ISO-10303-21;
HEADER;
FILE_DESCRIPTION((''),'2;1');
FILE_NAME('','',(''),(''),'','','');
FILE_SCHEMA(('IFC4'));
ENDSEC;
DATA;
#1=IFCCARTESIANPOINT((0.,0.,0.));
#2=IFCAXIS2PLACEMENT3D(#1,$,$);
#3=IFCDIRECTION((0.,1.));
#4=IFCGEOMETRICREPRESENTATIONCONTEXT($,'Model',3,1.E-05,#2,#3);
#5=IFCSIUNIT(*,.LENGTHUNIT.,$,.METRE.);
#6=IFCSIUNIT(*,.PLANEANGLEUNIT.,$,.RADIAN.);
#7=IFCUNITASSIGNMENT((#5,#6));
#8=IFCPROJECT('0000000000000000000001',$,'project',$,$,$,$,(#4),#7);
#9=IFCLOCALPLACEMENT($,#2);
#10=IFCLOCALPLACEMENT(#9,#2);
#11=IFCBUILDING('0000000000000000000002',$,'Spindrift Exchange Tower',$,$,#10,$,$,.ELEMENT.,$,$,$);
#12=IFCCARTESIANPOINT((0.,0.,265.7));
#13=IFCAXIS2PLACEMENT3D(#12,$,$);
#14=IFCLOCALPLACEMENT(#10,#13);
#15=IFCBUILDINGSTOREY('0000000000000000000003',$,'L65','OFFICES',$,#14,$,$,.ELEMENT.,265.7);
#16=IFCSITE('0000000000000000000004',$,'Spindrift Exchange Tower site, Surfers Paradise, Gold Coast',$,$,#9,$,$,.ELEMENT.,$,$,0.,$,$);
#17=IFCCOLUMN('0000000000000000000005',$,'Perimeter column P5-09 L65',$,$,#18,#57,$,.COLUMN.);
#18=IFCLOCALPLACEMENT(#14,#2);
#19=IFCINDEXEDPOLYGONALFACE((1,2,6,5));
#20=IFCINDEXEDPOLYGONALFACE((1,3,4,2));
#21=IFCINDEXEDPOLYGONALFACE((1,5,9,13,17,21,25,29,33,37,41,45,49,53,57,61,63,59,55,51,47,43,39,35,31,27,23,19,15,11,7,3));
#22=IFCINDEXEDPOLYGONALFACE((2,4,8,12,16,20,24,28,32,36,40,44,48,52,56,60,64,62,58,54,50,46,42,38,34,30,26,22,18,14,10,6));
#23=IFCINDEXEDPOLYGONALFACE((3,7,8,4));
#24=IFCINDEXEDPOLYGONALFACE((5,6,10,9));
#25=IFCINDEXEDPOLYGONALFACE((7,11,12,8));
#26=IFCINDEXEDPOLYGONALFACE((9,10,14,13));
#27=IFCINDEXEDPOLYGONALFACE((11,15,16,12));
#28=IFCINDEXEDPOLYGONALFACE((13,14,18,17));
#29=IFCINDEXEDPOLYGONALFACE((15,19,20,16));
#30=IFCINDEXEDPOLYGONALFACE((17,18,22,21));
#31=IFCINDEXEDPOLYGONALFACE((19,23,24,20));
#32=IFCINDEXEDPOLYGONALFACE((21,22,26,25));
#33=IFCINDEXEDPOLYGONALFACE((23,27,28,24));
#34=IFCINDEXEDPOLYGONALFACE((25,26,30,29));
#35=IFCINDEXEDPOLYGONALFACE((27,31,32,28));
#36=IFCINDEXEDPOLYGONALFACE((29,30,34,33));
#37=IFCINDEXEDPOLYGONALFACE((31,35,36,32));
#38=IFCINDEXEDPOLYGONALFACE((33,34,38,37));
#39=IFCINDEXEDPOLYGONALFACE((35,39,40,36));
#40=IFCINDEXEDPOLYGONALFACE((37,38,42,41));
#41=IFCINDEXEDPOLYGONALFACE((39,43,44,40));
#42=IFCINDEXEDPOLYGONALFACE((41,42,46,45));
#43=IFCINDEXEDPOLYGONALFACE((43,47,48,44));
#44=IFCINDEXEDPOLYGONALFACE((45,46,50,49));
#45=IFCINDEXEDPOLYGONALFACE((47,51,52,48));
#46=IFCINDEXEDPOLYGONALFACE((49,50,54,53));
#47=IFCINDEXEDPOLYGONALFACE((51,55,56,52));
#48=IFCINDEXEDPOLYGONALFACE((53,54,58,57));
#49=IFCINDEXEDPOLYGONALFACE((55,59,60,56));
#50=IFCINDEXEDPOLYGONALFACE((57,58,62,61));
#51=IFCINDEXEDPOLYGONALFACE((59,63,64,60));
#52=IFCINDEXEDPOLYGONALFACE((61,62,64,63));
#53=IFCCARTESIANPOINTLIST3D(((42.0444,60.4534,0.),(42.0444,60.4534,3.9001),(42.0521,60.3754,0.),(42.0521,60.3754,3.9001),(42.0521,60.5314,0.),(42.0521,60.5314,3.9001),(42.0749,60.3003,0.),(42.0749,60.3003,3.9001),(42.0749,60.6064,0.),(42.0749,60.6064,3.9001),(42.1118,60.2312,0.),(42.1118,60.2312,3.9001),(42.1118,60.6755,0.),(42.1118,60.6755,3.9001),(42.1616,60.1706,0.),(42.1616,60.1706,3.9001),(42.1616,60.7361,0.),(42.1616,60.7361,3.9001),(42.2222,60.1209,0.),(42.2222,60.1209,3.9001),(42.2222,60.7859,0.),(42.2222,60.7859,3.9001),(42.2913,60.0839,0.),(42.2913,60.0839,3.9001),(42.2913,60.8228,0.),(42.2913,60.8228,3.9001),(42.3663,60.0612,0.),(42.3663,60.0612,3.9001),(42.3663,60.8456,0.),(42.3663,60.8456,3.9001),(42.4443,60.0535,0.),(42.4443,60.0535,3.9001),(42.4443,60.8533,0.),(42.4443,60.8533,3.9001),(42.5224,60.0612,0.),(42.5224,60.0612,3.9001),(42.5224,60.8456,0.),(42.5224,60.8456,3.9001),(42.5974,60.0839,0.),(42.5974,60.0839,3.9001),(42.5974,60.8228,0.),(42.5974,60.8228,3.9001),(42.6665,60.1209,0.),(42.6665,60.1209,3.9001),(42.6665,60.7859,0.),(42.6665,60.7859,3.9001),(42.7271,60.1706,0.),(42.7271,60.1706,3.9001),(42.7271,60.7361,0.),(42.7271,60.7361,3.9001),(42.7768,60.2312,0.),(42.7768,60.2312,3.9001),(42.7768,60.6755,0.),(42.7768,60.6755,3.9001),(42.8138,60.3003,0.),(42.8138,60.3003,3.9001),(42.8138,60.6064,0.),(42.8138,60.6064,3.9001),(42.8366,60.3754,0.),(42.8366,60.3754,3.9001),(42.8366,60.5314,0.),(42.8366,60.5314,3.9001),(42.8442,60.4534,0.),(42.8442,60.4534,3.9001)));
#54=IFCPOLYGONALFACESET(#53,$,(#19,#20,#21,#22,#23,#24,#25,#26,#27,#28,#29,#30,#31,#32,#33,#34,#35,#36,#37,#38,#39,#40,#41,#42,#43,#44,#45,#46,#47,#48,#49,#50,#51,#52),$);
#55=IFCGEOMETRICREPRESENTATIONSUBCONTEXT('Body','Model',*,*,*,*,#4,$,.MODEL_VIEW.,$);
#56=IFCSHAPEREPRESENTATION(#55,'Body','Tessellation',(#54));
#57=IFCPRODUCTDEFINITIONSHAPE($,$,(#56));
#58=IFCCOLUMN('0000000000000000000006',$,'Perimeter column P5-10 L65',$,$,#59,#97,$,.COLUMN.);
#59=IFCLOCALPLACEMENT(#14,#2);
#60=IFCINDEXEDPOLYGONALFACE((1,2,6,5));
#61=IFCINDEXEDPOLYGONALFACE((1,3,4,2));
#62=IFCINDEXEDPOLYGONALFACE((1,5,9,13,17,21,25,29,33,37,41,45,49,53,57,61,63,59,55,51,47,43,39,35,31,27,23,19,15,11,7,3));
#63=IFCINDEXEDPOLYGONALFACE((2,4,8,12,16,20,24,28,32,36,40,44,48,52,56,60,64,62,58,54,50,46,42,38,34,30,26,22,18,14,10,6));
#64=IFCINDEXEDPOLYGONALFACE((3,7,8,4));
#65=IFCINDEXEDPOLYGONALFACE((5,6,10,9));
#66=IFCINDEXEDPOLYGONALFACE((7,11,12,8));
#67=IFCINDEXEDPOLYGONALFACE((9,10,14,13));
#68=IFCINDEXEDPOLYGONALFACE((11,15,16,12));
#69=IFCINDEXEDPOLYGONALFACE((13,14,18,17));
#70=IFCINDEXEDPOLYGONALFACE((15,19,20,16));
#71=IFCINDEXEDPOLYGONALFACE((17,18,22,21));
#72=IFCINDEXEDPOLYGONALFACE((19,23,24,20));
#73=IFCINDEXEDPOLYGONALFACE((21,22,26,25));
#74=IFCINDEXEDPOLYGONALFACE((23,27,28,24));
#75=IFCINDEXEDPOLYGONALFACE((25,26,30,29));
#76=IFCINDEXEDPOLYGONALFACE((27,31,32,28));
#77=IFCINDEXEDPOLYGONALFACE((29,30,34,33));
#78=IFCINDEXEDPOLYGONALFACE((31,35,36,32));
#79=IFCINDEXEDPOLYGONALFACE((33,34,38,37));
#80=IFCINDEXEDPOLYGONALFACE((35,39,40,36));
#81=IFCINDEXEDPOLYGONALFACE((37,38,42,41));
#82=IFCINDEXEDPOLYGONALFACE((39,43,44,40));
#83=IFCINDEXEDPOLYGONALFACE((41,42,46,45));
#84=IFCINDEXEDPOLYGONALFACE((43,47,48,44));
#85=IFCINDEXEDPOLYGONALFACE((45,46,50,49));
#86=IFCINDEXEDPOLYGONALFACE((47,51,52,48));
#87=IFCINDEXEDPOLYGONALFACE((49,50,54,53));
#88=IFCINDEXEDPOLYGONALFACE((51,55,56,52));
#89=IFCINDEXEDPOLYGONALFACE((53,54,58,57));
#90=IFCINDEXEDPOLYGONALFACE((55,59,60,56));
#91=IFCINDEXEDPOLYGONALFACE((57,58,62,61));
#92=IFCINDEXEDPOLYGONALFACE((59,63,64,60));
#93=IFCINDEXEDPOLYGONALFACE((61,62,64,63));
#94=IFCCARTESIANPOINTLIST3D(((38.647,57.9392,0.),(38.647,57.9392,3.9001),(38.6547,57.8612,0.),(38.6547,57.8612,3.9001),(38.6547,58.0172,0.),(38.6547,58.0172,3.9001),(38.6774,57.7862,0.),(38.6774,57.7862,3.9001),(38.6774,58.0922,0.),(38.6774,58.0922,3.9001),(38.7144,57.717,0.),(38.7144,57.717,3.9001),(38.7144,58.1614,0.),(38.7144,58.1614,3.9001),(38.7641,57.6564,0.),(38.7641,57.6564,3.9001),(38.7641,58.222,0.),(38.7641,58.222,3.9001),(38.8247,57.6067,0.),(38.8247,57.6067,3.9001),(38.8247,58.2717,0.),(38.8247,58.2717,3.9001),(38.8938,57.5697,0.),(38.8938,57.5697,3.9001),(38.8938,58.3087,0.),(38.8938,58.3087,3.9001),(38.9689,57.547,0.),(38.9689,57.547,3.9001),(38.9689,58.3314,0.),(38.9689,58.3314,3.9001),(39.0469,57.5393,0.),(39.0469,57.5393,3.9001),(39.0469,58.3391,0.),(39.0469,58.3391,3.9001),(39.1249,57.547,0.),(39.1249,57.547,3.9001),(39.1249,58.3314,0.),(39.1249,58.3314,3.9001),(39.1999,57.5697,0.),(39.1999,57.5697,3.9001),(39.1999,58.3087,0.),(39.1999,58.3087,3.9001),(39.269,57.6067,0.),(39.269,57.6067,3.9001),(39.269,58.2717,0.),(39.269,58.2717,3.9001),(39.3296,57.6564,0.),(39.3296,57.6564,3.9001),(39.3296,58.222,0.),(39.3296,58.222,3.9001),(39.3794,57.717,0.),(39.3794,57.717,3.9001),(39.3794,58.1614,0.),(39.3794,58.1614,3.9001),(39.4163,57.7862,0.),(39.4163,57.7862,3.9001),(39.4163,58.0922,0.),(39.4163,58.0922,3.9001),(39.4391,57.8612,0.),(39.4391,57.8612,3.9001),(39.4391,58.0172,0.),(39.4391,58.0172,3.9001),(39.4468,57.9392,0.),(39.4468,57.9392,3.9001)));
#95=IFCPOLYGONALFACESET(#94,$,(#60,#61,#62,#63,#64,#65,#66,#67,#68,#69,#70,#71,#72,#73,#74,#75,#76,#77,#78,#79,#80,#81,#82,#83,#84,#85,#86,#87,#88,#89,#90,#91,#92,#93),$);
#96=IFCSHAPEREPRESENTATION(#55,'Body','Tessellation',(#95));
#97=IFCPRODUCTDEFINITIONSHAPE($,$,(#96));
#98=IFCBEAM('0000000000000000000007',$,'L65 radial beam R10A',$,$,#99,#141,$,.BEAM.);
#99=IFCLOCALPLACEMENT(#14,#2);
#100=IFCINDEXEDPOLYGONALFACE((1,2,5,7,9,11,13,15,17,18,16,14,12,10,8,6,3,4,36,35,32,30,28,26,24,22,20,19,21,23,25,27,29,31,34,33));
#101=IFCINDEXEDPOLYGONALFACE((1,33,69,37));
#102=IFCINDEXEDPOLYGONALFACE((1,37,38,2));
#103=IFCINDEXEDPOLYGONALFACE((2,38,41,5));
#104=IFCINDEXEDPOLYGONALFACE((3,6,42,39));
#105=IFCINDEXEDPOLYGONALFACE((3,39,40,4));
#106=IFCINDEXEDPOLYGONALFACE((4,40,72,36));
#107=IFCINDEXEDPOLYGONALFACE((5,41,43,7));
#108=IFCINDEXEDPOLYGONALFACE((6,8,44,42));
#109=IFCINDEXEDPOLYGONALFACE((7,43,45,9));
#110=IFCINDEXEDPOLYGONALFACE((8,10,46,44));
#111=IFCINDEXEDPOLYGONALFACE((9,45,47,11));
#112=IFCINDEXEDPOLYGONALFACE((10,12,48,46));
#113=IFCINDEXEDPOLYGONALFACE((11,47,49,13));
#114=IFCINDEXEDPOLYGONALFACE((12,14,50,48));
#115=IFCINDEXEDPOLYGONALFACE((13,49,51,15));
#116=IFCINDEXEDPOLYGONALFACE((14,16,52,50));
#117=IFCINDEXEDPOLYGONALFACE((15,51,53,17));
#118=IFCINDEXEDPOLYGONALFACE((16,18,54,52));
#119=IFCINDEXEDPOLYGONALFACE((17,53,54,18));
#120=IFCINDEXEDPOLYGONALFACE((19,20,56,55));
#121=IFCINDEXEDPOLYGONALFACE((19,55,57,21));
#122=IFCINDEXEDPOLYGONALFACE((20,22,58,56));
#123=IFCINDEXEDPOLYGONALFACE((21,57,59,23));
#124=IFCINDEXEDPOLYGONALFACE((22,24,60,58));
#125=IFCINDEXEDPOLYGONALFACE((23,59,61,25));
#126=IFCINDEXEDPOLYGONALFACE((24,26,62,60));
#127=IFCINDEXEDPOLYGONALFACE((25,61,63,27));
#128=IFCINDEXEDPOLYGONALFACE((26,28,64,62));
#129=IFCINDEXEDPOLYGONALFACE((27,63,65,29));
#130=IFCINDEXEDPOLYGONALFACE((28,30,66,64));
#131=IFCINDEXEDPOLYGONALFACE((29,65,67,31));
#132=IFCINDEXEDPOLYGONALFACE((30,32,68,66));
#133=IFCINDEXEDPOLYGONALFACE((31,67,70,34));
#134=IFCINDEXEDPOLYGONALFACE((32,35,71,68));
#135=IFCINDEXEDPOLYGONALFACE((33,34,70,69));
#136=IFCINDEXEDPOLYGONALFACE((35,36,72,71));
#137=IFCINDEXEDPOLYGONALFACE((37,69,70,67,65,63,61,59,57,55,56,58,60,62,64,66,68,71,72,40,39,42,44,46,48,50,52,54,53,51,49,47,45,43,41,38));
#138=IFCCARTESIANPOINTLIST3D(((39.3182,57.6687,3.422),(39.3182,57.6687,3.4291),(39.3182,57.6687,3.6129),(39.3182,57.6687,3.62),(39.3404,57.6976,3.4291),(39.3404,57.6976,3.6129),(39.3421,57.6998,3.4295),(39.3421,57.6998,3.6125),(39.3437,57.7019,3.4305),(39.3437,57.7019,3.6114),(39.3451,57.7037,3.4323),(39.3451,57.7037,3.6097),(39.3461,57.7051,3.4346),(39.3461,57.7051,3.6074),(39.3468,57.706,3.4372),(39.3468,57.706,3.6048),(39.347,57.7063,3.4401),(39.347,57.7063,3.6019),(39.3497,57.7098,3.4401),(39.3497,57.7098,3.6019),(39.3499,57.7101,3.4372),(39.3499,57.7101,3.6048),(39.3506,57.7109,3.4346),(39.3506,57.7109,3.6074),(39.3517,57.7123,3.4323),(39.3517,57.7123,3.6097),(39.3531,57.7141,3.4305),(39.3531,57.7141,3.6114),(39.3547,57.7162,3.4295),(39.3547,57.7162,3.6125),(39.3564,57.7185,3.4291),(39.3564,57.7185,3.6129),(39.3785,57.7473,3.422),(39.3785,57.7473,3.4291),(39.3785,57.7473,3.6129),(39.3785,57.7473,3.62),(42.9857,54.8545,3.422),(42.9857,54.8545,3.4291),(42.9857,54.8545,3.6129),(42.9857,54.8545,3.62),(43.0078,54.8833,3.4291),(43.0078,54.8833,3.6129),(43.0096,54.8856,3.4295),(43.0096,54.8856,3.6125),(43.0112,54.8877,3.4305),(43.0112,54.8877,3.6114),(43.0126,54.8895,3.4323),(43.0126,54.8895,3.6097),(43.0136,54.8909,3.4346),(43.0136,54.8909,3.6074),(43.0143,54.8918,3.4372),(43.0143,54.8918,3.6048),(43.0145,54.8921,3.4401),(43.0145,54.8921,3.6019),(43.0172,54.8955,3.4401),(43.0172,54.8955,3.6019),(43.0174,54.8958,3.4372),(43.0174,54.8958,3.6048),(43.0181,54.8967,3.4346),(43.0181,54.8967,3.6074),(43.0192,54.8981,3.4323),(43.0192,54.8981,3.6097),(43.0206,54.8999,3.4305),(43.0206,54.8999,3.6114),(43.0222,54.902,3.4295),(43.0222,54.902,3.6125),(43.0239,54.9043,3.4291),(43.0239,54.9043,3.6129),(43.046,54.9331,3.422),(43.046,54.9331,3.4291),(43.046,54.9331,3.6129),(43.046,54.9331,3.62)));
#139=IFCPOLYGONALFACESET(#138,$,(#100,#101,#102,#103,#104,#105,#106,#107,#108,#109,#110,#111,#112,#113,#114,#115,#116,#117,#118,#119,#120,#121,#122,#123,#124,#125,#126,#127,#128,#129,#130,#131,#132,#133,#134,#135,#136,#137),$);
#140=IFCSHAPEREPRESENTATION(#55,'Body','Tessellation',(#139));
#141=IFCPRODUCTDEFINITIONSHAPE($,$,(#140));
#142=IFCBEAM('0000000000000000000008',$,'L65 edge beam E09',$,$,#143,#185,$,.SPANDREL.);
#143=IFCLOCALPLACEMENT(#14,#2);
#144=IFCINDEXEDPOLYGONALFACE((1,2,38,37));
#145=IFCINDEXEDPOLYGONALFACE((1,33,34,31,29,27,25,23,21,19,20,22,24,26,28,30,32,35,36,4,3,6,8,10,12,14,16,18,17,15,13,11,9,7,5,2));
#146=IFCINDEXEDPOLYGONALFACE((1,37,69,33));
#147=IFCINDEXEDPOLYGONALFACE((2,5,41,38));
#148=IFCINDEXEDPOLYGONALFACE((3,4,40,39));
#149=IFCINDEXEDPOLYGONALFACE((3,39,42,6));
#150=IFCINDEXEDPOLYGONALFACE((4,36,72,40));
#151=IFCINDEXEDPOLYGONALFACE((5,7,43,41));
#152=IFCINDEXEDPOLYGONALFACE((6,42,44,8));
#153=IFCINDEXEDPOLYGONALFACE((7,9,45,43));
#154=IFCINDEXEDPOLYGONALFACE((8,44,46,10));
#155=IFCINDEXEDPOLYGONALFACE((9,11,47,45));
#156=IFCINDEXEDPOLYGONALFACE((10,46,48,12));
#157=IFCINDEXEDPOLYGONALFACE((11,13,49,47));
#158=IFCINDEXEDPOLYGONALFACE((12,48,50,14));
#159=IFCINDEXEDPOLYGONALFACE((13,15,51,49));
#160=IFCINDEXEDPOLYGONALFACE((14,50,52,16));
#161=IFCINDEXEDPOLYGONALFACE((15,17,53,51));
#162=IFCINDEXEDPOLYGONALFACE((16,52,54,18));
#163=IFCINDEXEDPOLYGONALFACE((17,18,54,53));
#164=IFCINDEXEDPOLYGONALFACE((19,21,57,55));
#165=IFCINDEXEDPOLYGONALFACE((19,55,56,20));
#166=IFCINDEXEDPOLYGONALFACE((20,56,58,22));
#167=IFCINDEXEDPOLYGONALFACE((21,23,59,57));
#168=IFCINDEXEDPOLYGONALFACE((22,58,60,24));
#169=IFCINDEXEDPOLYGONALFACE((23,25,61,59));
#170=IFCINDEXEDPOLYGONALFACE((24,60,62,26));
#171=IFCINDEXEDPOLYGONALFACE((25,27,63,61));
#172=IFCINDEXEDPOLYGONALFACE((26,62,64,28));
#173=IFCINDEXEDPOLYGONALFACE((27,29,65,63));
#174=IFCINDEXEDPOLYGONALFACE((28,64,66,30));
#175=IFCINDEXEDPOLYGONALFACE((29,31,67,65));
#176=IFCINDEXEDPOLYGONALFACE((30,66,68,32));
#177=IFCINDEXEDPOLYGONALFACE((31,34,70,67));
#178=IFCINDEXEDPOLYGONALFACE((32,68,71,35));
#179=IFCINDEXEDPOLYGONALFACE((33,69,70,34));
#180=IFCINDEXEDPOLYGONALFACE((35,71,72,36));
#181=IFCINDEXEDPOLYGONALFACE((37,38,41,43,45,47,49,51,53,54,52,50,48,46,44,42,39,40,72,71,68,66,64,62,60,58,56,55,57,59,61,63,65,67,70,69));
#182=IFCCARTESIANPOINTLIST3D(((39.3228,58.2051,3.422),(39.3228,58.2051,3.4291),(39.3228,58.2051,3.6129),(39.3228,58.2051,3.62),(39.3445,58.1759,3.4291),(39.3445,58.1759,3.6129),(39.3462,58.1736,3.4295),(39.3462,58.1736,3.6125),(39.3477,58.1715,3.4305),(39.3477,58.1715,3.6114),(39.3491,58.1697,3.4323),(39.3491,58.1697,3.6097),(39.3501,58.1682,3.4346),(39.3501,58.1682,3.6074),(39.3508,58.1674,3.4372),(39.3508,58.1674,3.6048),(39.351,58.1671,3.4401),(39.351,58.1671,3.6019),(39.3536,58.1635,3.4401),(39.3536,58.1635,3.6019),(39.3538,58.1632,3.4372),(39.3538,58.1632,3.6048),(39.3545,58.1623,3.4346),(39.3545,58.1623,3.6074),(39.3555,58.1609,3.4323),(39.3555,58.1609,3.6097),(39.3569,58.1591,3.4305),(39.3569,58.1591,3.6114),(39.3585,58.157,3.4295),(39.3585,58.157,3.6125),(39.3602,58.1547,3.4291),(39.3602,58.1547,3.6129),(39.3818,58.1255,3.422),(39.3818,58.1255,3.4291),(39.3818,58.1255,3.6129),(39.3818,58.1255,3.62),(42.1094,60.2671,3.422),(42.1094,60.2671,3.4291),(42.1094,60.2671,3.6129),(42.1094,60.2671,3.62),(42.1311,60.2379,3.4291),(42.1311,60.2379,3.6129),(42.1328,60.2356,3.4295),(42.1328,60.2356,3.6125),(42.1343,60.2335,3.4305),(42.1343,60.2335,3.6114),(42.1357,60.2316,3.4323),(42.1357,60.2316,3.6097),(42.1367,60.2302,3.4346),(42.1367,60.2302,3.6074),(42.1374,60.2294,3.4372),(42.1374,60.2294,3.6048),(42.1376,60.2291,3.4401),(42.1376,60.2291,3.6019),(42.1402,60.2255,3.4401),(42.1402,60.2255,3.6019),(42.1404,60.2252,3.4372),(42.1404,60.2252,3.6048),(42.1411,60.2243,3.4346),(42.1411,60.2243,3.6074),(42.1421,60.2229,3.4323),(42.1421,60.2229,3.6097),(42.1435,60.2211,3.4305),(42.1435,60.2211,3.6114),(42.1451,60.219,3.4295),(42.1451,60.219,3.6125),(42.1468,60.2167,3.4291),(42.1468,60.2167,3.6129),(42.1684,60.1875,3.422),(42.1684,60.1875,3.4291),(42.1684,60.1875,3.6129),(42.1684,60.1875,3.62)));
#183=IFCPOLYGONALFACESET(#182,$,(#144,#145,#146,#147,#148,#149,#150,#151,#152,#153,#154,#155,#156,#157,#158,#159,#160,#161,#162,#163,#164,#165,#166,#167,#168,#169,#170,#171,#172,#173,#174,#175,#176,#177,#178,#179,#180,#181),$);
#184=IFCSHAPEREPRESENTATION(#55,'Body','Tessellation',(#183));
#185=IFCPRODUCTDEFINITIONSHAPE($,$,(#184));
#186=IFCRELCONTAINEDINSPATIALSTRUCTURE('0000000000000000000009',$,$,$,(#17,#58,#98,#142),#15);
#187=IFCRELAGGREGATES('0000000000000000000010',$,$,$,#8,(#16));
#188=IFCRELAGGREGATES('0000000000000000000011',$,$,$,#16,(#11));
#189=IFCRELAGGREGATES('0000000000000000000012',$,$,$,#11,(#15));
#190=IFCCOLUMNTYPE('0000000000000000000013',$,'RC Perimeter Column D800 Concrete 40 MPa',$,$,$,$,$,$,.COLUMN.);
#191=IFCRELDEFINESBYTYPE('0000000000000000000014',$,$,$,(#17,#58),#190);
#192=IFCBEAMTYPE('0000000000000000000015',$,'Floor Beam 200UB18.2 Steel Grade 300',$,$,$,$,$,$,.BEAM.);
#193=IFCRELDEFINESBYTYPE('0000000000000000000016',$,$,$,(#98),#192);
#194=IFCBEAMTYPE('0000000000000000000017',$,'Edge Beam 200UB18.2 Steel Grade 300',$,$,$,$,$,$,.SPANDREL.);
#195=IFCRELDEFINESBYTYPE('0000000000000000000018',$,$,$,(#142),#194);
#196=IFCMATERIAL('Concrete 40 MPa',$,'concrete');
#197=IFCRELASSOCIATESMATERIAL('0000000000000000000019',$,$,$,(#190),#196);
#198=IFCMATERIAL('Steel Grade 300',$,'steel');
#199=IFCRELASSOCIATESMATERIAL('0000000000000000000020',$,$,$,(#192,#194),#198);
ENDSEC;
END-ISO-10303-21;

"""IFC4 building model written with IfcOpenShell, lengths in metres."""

from ifc_helpers import new_model, si_unit, direction, frame, origin, origin_2d, place, context, subcontext, project, spatial, circle, i_section, extrude, source, transform, mapped, material, material_profile, profile_set, type_object, element, save


model = new_model("IFC4")

# Units and contexts
model_context = context("Model", 3, precision=1e-05, world=origin(), true_north=direction((0.0, 1.0)))
body_context = subcontext(model_context, "Body", "Model", "MODEL_VIEW")
ifc_project = project(units=[si_unit("LENGTHUNIT", "METRE"), si_unit("PLANEANGLEUNIT", "RADIAN")], contexts=[model_context])

# Site, building, storey
site_placement = place(None, origin())
site = spatial("IfcSite", under=ifc_project, at=site_placement, Name="Spindrift Exchange Tower site, Surfers Paradise, Gold Coast", CompositionType="ELEMENT", RefElevation=0.0)
building_placement = place(site_placement, origin())
building = spatial("IfcBuilding", under=site, at=building_placement, Name="Spindrift Exchange Tower", CompositionType="ELEMENT")
storey_placement = place(building_placement, frame((0.0, 0.0, 265.7)))
storey = spatial("IfcBuildingStorey", under=building, at=storey_placement, Name="L65", Description="OFFICES", CompositionType="ELEMENT", Elevation=265.7)

# Columns
ifc_material_1 = material(Name="Concrete 40 MPa", Category="concrete")
ifc_material_profile_1 = material_profile(ifc_material_1, circle(Radius=0.3999, at=origin_2d()), Name="RC D800")
ifc_profile_set_1 = profile_set([ifc_material_profile_1], Name="Concrete 40 MPa")
column_type = type_object("IfcColumnType", Name="RC Perimeter Column D800 Concrete 40 MPa", PredefinedType="COLUMN", material=ifc_profile_set_1)
shared_shape_1 = source(origin(), body_context, "Body", "SweptSolid", [
    extrude(circle(Radius=0.3999, at=origin_2d()), origin(), (0.0, 0.0, 1.0), 3.9001),
])
for number, where, z_axis, x_axis, name in (
    (1, (42.4443, 60.4534, 0.0), (0.0, 0.0, 1.0), (1.0, 0.0, 0.0), "Perimeter column P5-09 L65"),
    (2, (39.0469, 57.9392, 0.0), (0.0, 0.0, 1.0), (1.0, 0.0, 0.0), "Perimeter column P5-10 L65"),
):
    element("IfcColumn", number, at=place(storey_placement, frame(where, z_axis=z_axis, x_axis=x_axis)), inside=storey, type_object=column_type, Name=name, PredefinedType="COLUMN", context=body_context, shape_type="MappedRepresentation", body=[
        mapped(shared_shape_1, transform((0.0, 0.0, 0.0), scale=1.0)),
    ])

# Beams
ifc_material_2 = material(Name="Steel Grade 300", Category="steel")
ifc_material_profile_2 = material_profile(ifc_material_2, i_section(OverallWidth=0.0991, OverallDepth=0.198, WebThickness=0.0044, FlangeThickness=0.0071, FilletRadius=0.011, at=origin_2d()), Name="200UB18.2")
ifc_profile_set_2 = profile_set([ifc_material_profile_2], Name="Steel Grade 300")
beam_type_1 = type_object("IfcBeamType", Name="Floor Beam 200UB18.2 Steel Grade 300", PredefinedType="BEAM", material=ifc_profile_set_2)
shared_shape_2 = source(origin(), body_context, "Body", "SweptSolid", [
    extrude(i_section(OverallWidth=0.0991, OverallDepth=0.198, WebThickness=0.0044, FlangeThickness=0.0071, FilletRadius=0.011, at=origin_2d()), origin(), (0.0, 0.0, 1.0), 4.6228),
])
beam_1_placement = place(storey_placement, frame((43.0159, 54.8938, 3.521), z_axis=(-0.793348, 0.608769, 0.0), x_axis=(-0.608769, -0.793348, 0.0)))
element("IfcBeam", 3, at=beam_1_placement, inside=storey, type_object=beam_type_1, Name="L65 radial beam R10A", PredefinedType="BEAM", context=body_context, shape_type="MappedRepresentation", body=[
    mapped(shared_shape_2, transform((0.0, 0.0, 0.0), scale=1.0)),
])
ifc_material_profile_3 = material_profile(ifc_material_2, i_section(OverallWidth=0.0991, OverallDepth=0.198, WebThickness=0.0044, FlangeThickness=0.0071, FilletRadius=0.011, at=origin_2d()), Name="200UB18.2")
ifc_profile_set_3 = profile_set([ifc_material_profile_3], Name="Steel Grade 300")
beam_type_2 = type_object("IfcBeamType", Name="Edge Beam 200UB18.2 Steel Grade 300", PredefinedType="SPANDREL", material=ifc_profile_set_3)
shared_shape_3 = source(origin(), body_context, "Body", "SweptSolid", [
    extrude(i_section(OverallWidth=0.0991, OverallDepth=0.198, WebThickness=0.0044, FlangeThickness=0.0071, FilletRadius=0.011, at=origin_2d()), origin(), (0.0, 0.0, 1.0), 3.4666),
])
beam_2_placement = place(storey_placement, frame((42.1389, 60.2273, 3.521), z_axis=(-0.803854, -0.594827, 0.0), x_axis=(0.594827, -0.803854, 0.0)))
element("IfcBeam", 4, at=beam_2_placement, inside=storey, type_object=beam_type_2, Name="L65 edge beam E09", PredefinedType="SPANDREL", context=body_context, shape_type="MappedRepresentation", body=[
    mapped(shared_shape_3, transform((0.0, 0.0, 0.0), scale=1.0)),
])

save(model, "model.ifc")
